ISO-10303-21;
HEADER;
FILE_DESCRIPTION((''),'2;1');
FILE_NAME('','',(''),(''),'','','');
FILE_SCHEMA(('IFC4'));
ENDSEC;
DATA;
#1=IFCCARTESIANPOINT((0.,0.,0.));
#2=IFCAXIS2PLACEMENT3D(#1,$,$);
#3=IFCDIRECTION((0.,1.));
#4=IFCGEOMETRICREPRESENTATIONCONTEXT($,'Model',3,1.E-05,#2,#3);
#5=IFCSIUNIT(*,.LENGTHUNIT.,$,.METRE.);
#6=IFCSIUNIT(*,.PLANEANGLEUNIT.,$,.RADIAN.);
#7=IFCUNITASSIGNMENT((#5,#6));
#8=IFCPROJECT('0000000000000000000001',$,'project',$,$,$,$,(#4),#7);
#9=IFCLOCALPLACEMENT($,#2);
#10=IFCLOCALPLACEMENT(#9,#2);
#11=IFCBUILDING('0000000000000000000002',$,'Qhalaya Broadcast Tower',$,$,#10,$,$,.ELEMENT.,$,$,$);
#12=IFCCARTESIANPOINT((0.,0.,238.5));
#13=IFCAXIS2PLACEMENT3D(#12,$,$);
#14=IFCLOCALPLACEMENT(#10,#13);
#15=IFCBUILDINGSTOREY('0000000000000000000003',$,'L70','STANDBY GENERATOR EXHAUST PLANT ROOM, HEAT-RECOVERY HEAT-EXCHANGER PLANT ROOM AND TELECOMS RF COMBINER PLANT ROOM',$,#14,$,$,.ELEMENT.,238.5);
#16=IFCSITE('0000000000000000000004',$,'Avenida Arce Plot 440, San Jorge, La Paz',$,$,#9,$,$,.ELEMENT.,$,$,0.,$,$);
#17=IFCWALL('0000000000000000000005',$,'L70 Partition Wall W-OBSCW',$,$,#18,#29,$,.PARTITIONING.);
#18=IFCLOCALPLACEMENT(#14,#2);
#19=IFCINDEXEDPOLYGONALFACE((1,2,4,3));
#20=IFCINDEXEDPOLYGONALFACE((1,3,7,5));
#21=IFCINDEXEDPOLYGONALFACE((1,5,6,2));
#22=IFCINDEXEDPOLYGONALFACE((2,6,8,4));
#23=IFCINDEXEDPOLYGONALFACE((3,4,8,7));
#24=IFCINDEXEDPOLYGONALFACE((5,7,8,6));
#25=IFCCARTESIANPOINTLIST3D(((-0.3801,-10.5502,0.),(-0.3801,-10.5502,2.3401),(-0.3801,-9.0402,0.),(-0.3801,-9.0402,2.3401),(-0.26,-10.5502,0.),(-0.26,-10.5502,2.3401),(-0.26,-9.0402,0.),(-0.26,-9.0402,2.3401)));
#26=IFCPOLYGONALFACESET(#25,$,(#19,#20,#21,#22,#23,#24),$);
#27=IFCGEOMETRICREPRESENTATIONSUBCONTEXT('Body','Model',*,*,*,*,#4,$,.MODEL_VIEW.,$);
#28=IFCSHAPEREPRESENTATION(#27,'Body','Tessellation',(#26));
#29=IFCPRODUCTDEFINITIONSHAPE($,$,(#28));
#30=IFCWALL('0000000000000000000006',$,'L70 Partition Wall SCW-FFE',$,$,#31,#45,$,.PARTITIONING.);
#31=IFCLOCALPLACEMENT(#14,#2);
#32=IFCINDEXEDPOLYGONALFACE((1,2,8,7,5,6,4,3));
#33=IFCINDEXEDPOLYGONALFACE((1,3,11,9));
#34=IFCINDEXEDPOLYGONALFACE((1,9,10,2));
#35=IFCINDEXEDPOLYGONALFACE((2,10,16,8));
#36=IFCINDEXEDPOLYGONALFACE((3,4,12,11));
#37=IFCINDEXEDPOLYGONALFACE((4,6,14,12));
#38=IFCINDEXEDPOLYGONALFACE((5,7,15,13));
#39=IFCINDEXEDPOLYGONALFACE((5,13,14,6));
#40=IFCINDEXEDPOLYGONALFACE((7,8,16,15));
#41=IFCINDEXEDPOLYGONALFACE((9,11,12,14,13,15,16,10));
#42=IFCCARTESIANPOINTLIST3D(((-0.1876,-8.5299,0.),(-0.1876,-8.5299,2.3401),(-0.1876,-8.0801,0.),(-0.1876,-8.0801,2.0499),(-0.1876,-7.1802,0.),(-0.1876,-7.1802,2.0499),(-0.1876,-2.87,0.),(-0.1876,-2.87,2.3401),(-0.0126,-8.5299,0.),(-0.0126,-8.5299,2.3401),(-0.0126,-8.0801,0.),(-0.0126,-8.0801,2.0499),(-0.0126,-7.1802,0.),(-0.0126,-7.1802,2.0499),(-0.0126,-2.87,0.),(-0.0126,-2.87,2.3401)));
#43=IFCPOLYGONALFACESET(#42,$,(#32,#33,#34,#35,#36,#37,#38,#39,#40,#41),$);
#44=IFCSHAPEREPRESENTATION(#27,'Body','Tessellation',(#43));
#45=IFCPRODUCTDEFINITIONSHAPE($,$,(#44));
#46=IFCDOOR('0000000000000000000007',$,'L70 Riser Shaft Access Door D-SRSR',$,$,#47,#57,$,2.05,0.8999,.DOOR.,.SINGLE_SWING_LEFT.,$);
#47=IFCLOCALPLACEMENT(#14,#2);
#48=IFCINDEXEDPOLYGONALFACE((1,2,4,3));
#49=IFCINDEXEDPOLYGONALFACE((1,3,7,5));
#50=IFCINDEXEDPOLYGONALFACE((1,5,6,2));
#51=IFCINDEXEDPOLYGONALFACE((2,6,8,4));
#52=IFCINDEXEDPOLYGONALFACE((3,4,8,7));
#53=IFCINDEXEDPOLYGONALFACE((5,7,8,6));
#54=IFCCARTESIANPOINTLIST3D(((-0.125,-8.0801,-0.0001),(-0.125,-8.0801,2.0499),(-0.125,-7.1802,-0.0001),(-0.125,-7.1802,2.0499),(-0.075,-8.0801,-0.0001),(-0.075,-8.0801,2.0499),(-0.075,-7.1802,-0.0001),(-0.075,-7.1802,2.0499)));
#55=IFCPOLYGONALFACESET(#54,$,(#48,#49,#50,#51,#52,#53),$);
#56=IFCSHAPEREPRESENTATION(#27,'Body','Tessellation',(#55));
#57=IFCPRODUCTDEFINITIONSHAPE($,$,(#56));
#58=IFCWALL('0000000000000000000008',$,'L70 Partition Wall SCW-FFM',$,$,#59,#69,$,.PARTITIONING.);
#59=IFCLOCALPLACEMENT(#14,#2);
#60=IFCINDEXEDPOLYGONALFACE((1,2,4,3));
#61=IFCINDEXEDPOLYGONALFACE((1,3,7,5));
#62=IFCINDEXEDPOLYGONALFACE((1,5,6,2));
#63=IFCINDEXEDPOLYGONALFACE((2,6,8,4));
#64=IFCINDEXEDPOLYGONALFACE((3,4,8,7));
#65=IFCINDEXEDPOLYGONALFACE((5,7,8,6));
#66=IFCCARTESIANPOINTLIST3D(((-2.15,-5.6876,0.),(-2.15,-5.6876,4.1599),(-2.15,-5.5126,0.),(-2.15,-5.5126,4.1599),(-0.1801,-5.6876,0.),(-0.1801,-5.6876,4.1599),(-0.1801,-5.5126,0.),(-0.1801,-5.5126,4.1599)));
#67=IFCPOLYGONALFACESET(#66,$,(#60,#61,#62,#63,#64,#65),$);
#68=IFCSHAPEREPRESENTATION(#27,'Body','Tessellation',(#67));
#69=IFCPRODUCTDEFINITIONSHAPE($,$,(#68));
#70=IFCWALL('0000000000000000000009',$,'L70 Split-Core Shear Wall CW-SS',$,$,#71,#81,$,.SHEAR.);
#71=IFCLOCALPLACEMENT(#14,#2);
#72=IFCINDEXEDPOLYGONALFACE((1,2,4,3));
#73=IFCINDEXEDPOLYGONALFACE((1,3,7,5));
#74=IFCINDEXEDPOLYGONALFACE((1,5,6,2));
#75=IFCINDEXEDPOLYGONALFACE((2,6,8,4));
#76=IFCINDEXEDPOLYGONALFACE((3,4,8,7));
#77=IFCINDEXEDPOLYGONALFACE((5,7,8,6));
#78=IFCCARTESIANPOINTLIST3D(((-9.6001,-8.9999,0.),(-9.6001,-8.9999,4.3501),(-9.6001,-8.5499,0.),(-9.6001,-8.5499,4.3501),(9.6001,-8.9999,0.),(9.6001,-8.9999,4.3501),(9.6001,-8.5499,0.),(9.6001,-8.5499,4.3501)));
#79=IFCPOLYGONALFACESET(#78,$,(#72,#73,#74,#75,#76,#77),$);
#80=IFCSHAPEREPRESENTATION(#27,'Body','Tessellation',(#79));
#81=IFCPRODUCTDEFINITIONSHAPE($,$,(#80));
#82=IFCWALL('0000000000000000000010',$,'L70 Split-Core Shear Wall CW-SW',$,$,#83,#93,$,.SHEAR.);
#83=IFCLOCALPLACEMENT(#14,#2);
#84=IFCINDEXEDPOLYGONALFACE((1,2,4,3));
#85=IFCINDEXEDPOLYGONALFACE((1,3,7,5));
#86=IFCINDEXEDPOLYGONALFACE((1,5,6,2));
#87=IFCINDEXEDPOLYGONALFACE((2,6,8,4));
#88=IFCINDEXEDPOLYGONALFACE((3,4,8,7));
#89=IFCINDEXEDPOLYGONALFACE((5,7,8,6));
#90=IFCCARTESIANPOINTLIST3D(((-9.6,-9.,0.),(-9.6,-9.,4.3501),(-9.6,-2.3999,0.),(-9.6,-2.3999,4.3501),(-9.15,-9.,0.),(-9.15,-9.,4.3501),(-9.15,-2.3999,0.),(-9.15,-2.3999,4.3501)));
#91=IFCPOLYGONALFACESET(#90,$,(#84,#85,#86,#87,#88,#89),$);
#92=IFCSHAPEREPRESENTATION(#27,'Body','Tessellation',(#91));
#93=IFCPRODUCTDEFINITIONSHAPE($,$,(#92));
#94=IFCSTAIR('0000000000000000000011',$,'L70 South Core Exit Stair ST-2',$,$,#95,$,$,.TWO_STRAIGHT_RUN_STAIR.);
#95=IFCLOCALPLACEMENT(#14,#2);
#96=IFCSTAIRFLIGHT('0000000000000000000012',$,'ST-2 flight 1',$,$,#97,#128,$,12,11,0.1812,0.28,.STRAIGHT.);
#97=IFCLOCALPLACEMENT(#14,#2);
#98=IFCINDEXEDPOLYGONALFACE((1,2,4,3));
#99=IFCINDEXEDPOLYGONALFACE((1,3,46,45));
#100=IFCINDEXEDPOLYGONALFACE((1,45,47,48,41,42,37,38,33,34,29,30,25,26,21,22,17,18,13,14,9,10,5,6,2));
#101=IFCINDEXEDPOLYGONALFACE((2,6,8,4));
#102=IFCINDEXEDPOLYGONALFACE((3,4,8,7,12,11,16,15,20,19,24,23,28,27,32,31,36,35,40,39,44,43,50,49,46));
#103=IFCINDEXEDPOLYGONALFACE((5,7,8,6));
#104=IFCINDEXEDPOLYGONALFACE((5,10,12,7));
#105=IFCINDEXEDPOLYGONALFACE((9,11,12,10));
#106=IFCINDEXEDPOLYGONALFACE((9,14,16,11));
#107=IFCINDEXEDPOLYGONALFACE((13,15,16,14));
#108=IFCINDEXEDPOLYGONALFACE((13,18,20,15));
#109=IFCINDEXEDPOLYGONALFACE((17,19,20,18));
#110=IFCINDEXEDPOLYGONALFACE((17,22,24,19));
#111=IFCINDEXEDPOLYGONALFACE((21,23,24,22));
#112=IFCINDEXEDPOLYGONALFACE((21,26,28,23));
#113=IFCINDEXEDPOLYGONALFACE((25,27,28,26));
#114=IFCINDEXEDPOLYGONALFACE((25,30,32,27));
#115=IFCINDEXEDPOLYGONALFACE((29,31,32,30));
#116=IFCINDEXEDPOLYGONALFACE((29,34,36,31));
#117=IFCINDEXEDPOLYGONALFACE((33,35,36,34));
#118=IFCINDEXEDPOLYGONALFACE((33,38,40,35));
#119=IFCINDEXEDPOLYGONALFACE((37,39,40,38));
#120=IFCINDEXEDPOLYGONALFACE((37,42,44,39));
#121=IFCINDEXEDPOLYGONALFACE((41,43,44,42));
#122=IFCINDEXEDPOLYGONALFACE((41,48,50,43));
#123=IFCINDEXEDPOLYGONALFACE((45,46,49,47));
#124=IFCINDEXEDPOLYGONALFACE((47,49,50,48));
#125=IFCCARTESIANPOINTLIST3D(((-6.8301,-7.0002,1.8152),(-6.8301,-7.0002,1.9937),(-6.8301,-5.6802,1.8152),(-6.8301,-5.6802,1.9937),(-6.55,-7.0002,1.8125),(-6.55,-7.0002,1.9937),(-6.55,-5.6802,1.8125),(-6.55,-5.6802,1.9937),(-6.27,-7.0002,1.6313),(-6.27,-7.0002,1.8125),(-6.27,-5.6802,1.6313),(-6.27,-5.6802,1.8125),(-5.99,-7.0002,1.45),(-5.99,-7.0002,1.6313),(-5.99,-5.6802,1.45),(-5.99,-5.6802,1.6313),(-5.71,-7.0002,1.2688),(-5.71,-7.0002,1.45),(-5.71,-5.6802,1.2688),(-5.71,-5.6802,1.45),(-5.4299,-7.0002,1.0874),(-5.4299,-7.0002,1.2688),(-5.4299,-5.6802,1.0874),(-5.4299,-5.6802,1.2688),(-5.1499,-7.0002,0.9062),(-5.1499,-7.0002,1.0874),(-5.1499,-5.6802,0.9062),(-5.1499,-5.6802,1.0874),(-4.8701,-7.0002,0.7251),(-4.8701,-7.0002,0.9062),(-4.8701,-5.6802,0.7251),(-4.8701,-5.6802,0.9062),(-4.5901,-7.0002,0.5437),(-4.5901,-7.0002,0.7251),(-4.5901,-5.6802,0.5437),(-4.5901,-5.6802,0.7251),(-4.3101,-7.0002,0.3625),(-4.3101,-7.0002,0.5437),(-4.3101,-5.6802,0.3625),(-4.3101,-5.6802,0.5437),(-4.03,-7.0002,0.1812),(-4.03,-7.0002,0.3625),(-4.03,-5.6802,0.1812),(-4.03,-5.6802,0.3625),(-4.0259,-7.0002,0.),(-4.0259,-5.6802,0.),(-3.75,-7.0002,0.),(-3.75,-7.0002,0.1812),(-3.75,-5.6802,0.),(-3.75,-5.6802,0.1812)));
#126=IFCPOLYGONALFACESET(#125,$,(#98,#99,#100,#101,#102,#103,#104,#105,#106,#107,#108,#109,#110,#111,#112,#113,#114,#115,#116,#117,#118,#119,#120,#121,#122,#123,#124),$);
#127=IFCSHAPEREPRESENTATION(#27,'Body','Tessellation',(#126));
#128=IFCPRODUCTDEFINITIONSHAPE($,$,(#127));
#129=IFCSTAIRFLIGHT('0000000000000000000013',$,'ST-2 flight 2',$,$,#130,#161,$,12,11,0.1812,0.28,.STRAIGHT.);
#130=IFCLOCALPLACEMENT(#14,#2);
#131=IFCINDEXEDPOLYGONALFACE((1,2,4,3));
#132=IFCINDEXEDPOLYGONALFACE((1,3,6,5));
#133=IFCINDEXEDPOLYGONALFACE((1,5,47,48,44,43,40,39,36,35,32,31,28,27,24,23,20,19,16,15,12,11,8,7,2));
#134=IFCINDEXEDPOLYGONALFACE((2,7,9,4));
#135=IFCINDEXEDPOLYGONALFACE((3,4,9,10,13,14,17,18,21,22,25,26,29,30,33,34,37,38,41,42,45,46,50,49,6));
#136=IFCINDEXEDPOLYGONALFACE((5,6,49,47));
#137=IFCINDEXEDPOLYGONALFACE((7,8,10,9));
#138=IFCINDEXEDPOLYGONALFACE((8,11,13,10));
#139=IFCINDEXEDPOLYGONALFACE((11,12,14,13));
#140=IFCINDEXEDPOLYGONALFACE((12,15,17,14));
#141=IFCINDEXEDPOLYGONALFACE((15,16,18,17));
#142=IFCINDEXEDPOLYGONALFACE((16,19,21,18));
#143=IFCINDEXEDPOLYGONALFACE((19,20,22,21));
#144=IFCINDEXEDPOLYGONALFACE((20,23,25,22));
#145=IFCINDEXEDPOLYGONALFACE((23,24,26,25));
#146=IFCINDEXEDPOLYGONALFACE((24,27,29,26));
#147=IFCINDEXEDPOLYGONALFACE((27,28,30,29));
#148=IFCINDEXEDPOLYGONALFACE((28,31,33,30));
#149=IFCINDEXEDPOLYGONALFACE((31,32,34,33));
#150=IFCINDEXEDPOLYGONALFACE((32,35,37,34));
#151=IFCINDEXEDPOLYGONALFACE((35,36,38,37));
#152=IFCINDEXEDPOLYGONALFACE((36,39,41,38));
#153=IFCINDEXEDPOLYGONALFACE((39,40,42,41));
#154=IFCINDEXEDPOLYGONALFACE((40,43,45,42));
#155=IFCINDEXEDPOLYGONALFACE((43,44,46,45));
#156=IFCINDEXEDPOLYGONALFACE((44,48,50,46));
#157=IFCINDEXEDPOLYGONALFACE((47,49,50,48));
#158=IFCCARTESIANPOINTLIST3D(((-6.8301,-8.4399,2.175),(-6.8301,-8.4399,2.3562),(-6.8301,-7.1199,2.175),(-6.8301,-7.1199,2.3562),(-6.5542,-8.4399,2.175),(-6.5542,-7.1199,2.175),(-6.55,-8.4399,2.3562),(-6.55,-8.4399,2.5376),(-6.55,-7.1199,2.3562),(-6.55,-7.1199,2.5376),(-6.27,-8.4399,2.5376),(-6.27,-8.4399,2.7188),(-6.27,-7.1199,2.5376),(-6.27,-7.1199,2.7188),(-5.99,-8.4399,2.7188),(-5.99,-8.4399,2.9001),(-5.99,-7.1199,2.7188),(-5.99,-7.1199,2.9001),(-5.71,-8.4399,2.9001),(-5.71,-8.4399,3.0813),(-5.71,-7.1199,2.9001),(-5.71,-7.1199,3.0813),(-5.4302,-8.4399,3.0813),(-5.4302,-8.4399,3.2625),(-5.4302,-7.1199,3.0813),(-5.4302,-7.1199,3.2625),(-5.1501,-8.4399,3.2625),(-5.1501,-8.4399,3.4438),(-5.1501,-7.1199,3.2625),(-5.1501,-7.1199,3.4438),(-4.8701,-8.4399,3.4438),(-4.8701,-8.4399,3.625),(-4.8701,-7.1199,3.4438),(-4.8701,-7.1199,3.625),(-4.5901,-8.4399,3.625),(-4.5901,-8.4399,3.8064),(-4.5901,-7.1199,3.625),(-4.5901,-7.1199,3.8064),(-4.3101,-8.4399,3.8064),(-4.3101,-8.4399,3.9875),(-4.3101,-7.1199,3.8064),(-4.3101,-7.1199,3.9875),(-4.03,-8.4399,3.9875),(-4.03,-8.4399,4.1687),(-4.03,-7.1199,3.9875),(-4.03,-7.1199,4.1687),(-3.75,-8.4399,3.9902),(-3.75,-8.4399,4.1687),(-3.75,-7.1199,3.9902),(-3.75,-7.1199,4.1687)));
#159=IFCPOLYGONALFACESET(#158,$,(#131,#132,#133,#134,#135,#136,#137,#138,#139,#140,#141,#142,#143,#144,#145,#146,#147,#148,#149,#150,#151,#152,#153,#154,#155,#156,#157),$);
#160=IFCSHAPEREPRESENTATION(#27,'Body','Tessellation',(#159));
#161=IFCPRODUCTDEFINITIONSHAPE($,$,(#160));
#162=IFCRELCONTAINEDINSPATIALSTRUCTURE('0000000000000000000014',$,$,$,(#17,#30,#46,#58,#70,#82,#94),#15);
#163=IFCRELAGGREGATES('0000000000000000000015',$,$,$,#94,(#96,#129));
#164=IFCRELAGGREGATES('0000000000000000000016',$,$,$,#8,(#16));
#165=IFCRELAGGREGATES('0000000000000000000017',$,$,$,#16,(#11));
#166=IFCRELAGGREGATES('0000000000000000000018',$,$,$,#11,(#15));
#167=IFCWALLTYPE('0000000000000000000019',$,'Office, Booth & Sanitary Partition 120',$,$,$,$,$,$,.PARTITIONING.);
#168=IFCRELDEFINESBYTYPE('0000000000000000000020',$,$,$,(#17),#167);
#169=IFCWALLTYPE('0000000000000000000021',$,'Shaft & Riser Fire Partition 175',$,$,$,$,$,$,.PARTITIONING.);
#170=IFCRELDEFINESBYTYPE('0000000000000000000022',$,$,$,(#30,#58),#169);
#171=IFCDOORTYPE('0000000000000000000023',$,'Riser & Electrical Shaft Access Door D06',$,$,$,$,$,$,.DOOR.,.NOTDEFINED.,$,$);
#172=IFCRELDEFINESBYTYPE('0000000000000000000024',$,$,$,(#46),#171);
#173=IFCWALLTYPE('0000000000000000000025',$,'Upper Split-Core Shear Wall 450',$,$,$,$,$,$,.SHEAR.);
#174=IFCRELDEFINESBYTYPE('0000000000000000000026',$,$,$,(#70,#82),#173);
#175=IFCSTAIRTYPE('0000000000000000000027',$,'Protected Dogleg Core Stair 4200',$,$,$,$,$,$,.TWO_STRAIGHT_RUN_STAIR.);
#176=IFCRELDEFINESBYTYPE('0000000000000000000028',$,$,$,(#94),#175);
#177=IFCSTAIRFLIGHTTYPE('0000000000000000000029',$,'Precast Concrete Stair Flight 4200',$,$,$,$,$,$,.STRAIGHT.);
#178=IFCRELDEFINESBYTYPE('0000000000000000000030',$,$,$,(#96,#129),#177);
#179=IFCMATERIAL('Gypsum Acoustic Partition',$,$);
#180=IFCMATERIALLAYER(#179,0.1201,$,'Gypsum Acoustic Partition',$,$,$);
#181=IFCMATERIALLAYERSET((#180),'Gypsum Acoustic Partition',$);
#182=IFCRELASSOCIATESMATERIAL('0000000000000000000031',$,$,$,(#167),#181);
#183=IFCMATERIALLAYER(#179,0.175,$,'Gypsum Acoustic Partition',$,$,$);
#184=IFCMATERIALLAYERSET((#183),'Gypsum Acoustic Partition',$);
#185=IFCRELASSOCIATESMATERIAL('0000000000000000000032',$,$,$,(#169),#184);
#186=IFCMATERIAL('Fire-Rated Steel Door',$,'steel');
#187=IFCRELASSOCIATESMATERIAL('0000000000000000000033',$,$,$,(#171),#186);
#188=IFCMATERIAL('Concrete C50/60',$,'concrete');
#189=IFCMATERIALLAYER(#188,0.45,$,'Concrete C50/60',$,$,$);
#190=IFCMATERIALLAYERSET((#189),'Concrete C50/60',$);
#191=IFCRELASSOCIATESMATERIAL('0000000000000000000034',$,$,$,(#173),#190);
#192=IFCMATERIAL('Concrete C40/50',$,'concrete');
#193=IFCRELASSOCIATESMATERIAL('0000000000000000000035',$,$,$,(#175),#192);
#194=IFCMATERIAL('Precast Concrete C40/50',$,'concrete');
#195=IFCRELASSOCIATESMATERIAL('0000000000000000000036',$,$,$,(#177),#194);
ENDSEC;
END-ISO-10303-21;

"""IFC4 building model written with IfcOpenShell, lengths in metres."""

from ifc_helpers import new_model, si_unit, direction, frame, frame_2d, origin, place, context, subcontext, project, spatial, polyline, rectangle, outline, extrude, material, layer, layer_set, type_object, element, fill, aggregate, save


model = new_model("IFC4")

# Units and contexts
model_context = context("Model", 3, precision=1e-05, world=origin(), true_north=direction((0.0, 1.0)))
body_context = subcontext(model_context, "Body", "Model", "MODEL_VIEW")
ifc_project = project(units=[si_unit("LENGTHUNIT", "METRE"), si_unit("PLANEANGLEUNIT", "RADIAN")], contexts=[model_context])

# Site, building, storey
site_placement = place(None, origin())
site = spatial("IfcSite", under=ifc_project, at=site_placement, Name="Avenida Arce Plot 440, San Jorge, La Paz", CompositionType="ELEMENT", RefElevation=0.0)
building_placement = place(site_placement, origin())
building = spatial("IfcBuilding", under=site, at=building_placement, Name="Qhalaya Broadcast Tower", CompositionType="ELEMENT")
storey_placement = place(building_placement, frame((0.0, 0.0, 238.5)))
storey = spatial("IfcBuildingStorey", under=building, at=storey_placement, Name="L70", Description="STANDBY GENERATOR EXHAUST PLANT ROOM, HEAT-RECOVERY HEAT-EXCHANGER PLANT ROOM AND TELECOMS RF COMBINER PLANT ROOM", CompositionType="ELEMENT", Elevation=238.5)

# Shared definitions
ifc_material_1 = material(Name="Concrete C50/60", Category="concrete")

# Shared definitions
ifc_material_2 = material(Name="Gypsum Acoustic Partition")
ifc_material_3 = material(Name="Fire-Rated Steel Door", Category="steel")

# Wall
ifc_layer_1 = layer(ifc_material_2, 0.1201, Name="Gypsum Acoustic Partition")
ifc_layer_set_1 = layer_set([ifc_layer_1], Name="Gypsum Acoustic Partition")
wall_type_1 = type_object("IfcWallType", Name="Office, Booth & Sanitary Partition 120", PredefinedType="PARTITIONING", material=ifc_layer_set_1)
wall_1_placement = place(storey_placement, frame((-0.3201, -10.55, 0.0), z_axis=(0.0, 0.0, 1.0), x_axis=(0.0, 1.0, 0.0)))
element("IfcWall", 1, at=wall_1_placement, inside=storey, type_object=wall_type_1, Name="L70 Partition Wall W-OBSCW", PredefinedType="PARTITIONING", context=body_context, shape_type="SweptSolid", body=[
    extrude(rectangle(XDim=1.51, YDim=0.1201, at=frame_2d((0.7549, 0.0))), origin(), (0.0, 0.0, 1.0), 2.3401),
])

# Wall, opening, door
ifc_layer_2 = layer(ifc_material_2, 0.175, Name="Gypsum Acoustic Partition")
ifc_layer_set_2 = layer_set([ifc_layer_2], Name="Gypsum Acoustic Partition")
wall_type_2 = type_object("IfcWallType", Name="Shaft & Riser Fire Partition 175", PredefinedType="PARTITIONING", material=ifc_layer_set_2)
wall_2_placement = place(storey_placement, frame((-0.1001, -8.53, 0.0), z_axis=(0.0, 0.0, 1.0), x_axis=(0.0, 1.0, 0.0)))
wall_2 = element("IfcWall", 2, at=wall_2_placement, inside=storey, type_object=wall_type_2, Name="L70 Partition Wall SCW-FFE", PredefinedType="PARTITIONING", context=body_context, shape_type="SweptSolid", body=[
    extrude(rectangle(XDim=5.6599, YDim=0.175, at=frame_2d((2.8301, 0.0))), origin(), (0.0, 0.0, 1.0), 2.3401),
])
opening_1_placement = place(wall_2_placement, frame((0.45, 0.0, 0.0)))
opening_1 = element("IfcOpeningElement", 3, at=opening_1_placement, cuts=wall_2, PredefinedType="OPENING", context=body_context, shape_type="SweptSolid", body=[
    extrude(rectangle(XDim=0.8999, YDim=2.05, at=frame_2d((0.45, 1.0249))), frame((0.0, 0.0996, 0.0), z_axis=(0.0, -1.0, 0.0), x_axis=(1.0, 0.0, 0.0)), (0.0, 0.0, 1.0), 0.199),
])
door_type_1 = type_object("IfcDoorType", Name="Riser & Electrical Shaft Access Door D06", OperationType="NOTDEFINED", PredefinedType="DOOR", material=ifc_material_3)
door_1_placement = place(opening_1_placement, origin())
door_1 = element("IfcDoor", 4, at=door_1_placement, inside=storey, type_object=door_type_1, Name="L70 Riser Shaft Access Door D-SRSR", OperationType="SINGLE_SWING_LEFT", OverallHeight=2.05, OverallWidth=0.8999, PredefinedType="DOOR", context=body_context, shape_type="SweptSolid", body=[
    extrude(rectangle(XDim=0.8999, YDim=2.05, at=frame_2d((0.45, 1.0249))), frame((0.0, 0.0249, 0.0), z_axis=(0.0, -1.0, 0.0), x_axis=(1.0, 0.0, 0.0)), (0.0, 0.0, 1.0), 0.05),
])
fill(opening_1, door_1)

# Walls
wall_3_placement = place(storey_placement, frame((-2.1499, -5.6001, 0.0), z_axis=(0.0, 0.0, 1.0), x_axis=(1.0, 0.0, 0.0)))
element("IfcWall", 5, at=wall_3_placement, inside=storey, type_object=wall_type_2, Name="L70 Partition Wall SCW-FFM", PredefinedType="PARTITIONING", context=body_context, shape_type="SweptSolid", body=[
    extrude(rectangle(XDim=1.97, YDim=0.175, at=frame_2d((0.9849, 0.0))), origin(), (0.0, 0.0, 1.0), 4.1599),
])
ifc_layer_3 = layer(ifc_material_1, 0.45, Name="Concrete C50/60")
ifc_layer_set_3 = layer_set([ifc_layer_3], Name="Concrete C50/60")
wall_type_3 = type_object("IfcWallType", Name="Upper Split-Core Shear Wall 450", PredefinedType="SHEAR", material=ifc_layer_set_3)
wall_4_placement = place(storey_placement, frame((-9.6001, -8.7749, 0.0), z_axis=(0.0, 0.0, 1.0), x_axis=(1.0, 0.0, 0.0)))
element("IfcWall", 6, at=wall_4_placement, inside=storey, type_object=wall_type_3, Name="L70 Split-Core Shear Wall CW-SS", PredefinedType="SHEAR", context=body_context, shape_type="SweptSolid", body=[
    extrude(rectangle(XDim=19.2002, YDim=0.45, at=frame_2d((9.6001, 0.0))), origin(), (0.0, 0.0, 1.0), 4.3501),
])
wall_5_placement = place(storey_placement, frame((-9.375, -9.0, 0.0), z_axis=(0.0, 0.0, 1.0), x_axis=(0.0, 1.0, 0.0)))
element("IfcWall", 7, at=wall_5_placement, inside=storey, type_object=wall_type_3, Name="L70 Split-Core Shear Wall CW-SW", PredefinedType="SHEAR", context=body_context, shape_type="SweptSolid", body=[
    extrude(rectangle(XDim=6.6001, YDim=0.45, at=frame_2d((3.3, 0.0))), origin(), (0.0, 0.0, 1.0), 4.3501),
])

# Stair, stair flights
ifc_material_4 = material(Name="Concrete C40/50", Category="concrete")
stair_type = type_object("IfcStairType", Name="Protected Dogleg Core Stair 4200", PredefinedType="TWO_STRAIGHT_RUN_STAIR", material=ifc_material_4)
stair_placement = place(storey_placement, origin())
stair = element("IfcStair", 8, at=stair_placement, inside=storey, type_object=stair_type, Name="L70 South Core Exit Stair ST-2", PredefinedType="TWO_STRAIGHT_RUN_STAIR")
ifc_material_5 = material(Name="Precast Concrete C40/50", Category="concrete")
stair_flight_type = type_object("IfcStairFlightType", Name="Precast Concrete Stair Flight 4200", PredefinedType="STRAIGHT", material=ifc_material_5)
stair_flight_1_placement = place(storey_placement, frame((-3.75, -6.3401, 0.0), z_axis=(0.0, 0.0, 1.0), x_axis=(-1.0, 0.0, 0.0)))
stair_flight_1 = element("IfcStairFlight", 9, at=stair_flight_1_placement, type_object=stair_flight_type, Name="ST-2 flight 1", NumberOfRisers=12, NumberOfTreads=11, PredefinedType="STRAIGHT", RiserHeight=0.1812, TreadLength=0.28, context=body_context, shape_type="SweptSolid", body=[
    extrude(outline(polyline([(0.0, 0.0), (0.0, 0.1812), (0.28, 0.1812), (0.28, 0.3625), (0.5601, 0.3625), (0.5601, 0.5437), (0.8401, 0.5437), (0.8401, 0.7251), (1.1201, 0.7251), (1.1201, 0.9062), (1.3999, 0.9062), (1.3999, 1.0874), (1.6799, 1.0874), (1.6799, 1.2688), (1.96, 1.2688), (1.96, 1.45), (2.24, 1.45), (2.24, 1.6313), (2.52, 1.6313), (2.52, 1.8125), (2.8, 1.8125), (2.8, 1.9937), (3.0801, 1.9937), (3.0801, 2.175), (3.0801, 1.8152), (0.2759, 0.0), (0.0, 0.0)])), frame((0.0, 0.6602, 0.0), z_axis=(0.0, -1.0, 0.0), x_axis=(1.0, 0.0, 0.0)), (0.0, 0.0, 1.0), 1.3201),
])
stair_flight_2_placement = place(storey_placement, frame((-6.8301, -7.78, 2.175), z_axis=(0.0, 0.0, 1.0), x_axis=(1.0, 0.0, 0.0)))
stair_flight_2 = element("IfcStairFlight", 10, at=stair_flight_2_placement, type_object=stair_flight_type, Name="ST-2 flight 2", NumberOfRisers=12, NumberOfTreads=11, PredefinedType="STRAIGHT", RiserHeight=0.1812, TreadLength=0.28, context=body_context, shape_type="SweptSolid", body=[
    extrude(outline(polyline([(0.0, 0.0), (0.0, 0.1812), (0.28, 0.1812), (0.28, 0.3625), (0.5601, 0.3625), (0.5601, 0.5437), (0.8401, 0.5437), (0.8401, 0.7251), (1.1201, 0.7251), (1.1201, 0.9062), (1.3999, 0.9062), (1.3999, 1.0874), (1.6799, 1.0874), (1.6799, 1.2688), (1.96, 1.2688), (1.96, 1.45), (2.24, 1.45), (2.24, 1.6313), (2.52, 1.6313), (2.52, 1.8125), (2.8, 1.8125), (2.8, 1.9937), (3.0801, 1.9937), (3.0801, 2.175), (3.0801, 1.8152), (0.2759, 0.0), (0.0, 0.0)])), frame((0.0, 0.6602, 0.0), z_axis=(0.0, -1.0, 0.0), x_axis=(1.0, 0.0, 0.0)), (0.0, 0.0, 1.0), 1.3201),
])
aggregate(stair, [stair_flight_1, stair_flight_2])

save(model, "model.ifc")
